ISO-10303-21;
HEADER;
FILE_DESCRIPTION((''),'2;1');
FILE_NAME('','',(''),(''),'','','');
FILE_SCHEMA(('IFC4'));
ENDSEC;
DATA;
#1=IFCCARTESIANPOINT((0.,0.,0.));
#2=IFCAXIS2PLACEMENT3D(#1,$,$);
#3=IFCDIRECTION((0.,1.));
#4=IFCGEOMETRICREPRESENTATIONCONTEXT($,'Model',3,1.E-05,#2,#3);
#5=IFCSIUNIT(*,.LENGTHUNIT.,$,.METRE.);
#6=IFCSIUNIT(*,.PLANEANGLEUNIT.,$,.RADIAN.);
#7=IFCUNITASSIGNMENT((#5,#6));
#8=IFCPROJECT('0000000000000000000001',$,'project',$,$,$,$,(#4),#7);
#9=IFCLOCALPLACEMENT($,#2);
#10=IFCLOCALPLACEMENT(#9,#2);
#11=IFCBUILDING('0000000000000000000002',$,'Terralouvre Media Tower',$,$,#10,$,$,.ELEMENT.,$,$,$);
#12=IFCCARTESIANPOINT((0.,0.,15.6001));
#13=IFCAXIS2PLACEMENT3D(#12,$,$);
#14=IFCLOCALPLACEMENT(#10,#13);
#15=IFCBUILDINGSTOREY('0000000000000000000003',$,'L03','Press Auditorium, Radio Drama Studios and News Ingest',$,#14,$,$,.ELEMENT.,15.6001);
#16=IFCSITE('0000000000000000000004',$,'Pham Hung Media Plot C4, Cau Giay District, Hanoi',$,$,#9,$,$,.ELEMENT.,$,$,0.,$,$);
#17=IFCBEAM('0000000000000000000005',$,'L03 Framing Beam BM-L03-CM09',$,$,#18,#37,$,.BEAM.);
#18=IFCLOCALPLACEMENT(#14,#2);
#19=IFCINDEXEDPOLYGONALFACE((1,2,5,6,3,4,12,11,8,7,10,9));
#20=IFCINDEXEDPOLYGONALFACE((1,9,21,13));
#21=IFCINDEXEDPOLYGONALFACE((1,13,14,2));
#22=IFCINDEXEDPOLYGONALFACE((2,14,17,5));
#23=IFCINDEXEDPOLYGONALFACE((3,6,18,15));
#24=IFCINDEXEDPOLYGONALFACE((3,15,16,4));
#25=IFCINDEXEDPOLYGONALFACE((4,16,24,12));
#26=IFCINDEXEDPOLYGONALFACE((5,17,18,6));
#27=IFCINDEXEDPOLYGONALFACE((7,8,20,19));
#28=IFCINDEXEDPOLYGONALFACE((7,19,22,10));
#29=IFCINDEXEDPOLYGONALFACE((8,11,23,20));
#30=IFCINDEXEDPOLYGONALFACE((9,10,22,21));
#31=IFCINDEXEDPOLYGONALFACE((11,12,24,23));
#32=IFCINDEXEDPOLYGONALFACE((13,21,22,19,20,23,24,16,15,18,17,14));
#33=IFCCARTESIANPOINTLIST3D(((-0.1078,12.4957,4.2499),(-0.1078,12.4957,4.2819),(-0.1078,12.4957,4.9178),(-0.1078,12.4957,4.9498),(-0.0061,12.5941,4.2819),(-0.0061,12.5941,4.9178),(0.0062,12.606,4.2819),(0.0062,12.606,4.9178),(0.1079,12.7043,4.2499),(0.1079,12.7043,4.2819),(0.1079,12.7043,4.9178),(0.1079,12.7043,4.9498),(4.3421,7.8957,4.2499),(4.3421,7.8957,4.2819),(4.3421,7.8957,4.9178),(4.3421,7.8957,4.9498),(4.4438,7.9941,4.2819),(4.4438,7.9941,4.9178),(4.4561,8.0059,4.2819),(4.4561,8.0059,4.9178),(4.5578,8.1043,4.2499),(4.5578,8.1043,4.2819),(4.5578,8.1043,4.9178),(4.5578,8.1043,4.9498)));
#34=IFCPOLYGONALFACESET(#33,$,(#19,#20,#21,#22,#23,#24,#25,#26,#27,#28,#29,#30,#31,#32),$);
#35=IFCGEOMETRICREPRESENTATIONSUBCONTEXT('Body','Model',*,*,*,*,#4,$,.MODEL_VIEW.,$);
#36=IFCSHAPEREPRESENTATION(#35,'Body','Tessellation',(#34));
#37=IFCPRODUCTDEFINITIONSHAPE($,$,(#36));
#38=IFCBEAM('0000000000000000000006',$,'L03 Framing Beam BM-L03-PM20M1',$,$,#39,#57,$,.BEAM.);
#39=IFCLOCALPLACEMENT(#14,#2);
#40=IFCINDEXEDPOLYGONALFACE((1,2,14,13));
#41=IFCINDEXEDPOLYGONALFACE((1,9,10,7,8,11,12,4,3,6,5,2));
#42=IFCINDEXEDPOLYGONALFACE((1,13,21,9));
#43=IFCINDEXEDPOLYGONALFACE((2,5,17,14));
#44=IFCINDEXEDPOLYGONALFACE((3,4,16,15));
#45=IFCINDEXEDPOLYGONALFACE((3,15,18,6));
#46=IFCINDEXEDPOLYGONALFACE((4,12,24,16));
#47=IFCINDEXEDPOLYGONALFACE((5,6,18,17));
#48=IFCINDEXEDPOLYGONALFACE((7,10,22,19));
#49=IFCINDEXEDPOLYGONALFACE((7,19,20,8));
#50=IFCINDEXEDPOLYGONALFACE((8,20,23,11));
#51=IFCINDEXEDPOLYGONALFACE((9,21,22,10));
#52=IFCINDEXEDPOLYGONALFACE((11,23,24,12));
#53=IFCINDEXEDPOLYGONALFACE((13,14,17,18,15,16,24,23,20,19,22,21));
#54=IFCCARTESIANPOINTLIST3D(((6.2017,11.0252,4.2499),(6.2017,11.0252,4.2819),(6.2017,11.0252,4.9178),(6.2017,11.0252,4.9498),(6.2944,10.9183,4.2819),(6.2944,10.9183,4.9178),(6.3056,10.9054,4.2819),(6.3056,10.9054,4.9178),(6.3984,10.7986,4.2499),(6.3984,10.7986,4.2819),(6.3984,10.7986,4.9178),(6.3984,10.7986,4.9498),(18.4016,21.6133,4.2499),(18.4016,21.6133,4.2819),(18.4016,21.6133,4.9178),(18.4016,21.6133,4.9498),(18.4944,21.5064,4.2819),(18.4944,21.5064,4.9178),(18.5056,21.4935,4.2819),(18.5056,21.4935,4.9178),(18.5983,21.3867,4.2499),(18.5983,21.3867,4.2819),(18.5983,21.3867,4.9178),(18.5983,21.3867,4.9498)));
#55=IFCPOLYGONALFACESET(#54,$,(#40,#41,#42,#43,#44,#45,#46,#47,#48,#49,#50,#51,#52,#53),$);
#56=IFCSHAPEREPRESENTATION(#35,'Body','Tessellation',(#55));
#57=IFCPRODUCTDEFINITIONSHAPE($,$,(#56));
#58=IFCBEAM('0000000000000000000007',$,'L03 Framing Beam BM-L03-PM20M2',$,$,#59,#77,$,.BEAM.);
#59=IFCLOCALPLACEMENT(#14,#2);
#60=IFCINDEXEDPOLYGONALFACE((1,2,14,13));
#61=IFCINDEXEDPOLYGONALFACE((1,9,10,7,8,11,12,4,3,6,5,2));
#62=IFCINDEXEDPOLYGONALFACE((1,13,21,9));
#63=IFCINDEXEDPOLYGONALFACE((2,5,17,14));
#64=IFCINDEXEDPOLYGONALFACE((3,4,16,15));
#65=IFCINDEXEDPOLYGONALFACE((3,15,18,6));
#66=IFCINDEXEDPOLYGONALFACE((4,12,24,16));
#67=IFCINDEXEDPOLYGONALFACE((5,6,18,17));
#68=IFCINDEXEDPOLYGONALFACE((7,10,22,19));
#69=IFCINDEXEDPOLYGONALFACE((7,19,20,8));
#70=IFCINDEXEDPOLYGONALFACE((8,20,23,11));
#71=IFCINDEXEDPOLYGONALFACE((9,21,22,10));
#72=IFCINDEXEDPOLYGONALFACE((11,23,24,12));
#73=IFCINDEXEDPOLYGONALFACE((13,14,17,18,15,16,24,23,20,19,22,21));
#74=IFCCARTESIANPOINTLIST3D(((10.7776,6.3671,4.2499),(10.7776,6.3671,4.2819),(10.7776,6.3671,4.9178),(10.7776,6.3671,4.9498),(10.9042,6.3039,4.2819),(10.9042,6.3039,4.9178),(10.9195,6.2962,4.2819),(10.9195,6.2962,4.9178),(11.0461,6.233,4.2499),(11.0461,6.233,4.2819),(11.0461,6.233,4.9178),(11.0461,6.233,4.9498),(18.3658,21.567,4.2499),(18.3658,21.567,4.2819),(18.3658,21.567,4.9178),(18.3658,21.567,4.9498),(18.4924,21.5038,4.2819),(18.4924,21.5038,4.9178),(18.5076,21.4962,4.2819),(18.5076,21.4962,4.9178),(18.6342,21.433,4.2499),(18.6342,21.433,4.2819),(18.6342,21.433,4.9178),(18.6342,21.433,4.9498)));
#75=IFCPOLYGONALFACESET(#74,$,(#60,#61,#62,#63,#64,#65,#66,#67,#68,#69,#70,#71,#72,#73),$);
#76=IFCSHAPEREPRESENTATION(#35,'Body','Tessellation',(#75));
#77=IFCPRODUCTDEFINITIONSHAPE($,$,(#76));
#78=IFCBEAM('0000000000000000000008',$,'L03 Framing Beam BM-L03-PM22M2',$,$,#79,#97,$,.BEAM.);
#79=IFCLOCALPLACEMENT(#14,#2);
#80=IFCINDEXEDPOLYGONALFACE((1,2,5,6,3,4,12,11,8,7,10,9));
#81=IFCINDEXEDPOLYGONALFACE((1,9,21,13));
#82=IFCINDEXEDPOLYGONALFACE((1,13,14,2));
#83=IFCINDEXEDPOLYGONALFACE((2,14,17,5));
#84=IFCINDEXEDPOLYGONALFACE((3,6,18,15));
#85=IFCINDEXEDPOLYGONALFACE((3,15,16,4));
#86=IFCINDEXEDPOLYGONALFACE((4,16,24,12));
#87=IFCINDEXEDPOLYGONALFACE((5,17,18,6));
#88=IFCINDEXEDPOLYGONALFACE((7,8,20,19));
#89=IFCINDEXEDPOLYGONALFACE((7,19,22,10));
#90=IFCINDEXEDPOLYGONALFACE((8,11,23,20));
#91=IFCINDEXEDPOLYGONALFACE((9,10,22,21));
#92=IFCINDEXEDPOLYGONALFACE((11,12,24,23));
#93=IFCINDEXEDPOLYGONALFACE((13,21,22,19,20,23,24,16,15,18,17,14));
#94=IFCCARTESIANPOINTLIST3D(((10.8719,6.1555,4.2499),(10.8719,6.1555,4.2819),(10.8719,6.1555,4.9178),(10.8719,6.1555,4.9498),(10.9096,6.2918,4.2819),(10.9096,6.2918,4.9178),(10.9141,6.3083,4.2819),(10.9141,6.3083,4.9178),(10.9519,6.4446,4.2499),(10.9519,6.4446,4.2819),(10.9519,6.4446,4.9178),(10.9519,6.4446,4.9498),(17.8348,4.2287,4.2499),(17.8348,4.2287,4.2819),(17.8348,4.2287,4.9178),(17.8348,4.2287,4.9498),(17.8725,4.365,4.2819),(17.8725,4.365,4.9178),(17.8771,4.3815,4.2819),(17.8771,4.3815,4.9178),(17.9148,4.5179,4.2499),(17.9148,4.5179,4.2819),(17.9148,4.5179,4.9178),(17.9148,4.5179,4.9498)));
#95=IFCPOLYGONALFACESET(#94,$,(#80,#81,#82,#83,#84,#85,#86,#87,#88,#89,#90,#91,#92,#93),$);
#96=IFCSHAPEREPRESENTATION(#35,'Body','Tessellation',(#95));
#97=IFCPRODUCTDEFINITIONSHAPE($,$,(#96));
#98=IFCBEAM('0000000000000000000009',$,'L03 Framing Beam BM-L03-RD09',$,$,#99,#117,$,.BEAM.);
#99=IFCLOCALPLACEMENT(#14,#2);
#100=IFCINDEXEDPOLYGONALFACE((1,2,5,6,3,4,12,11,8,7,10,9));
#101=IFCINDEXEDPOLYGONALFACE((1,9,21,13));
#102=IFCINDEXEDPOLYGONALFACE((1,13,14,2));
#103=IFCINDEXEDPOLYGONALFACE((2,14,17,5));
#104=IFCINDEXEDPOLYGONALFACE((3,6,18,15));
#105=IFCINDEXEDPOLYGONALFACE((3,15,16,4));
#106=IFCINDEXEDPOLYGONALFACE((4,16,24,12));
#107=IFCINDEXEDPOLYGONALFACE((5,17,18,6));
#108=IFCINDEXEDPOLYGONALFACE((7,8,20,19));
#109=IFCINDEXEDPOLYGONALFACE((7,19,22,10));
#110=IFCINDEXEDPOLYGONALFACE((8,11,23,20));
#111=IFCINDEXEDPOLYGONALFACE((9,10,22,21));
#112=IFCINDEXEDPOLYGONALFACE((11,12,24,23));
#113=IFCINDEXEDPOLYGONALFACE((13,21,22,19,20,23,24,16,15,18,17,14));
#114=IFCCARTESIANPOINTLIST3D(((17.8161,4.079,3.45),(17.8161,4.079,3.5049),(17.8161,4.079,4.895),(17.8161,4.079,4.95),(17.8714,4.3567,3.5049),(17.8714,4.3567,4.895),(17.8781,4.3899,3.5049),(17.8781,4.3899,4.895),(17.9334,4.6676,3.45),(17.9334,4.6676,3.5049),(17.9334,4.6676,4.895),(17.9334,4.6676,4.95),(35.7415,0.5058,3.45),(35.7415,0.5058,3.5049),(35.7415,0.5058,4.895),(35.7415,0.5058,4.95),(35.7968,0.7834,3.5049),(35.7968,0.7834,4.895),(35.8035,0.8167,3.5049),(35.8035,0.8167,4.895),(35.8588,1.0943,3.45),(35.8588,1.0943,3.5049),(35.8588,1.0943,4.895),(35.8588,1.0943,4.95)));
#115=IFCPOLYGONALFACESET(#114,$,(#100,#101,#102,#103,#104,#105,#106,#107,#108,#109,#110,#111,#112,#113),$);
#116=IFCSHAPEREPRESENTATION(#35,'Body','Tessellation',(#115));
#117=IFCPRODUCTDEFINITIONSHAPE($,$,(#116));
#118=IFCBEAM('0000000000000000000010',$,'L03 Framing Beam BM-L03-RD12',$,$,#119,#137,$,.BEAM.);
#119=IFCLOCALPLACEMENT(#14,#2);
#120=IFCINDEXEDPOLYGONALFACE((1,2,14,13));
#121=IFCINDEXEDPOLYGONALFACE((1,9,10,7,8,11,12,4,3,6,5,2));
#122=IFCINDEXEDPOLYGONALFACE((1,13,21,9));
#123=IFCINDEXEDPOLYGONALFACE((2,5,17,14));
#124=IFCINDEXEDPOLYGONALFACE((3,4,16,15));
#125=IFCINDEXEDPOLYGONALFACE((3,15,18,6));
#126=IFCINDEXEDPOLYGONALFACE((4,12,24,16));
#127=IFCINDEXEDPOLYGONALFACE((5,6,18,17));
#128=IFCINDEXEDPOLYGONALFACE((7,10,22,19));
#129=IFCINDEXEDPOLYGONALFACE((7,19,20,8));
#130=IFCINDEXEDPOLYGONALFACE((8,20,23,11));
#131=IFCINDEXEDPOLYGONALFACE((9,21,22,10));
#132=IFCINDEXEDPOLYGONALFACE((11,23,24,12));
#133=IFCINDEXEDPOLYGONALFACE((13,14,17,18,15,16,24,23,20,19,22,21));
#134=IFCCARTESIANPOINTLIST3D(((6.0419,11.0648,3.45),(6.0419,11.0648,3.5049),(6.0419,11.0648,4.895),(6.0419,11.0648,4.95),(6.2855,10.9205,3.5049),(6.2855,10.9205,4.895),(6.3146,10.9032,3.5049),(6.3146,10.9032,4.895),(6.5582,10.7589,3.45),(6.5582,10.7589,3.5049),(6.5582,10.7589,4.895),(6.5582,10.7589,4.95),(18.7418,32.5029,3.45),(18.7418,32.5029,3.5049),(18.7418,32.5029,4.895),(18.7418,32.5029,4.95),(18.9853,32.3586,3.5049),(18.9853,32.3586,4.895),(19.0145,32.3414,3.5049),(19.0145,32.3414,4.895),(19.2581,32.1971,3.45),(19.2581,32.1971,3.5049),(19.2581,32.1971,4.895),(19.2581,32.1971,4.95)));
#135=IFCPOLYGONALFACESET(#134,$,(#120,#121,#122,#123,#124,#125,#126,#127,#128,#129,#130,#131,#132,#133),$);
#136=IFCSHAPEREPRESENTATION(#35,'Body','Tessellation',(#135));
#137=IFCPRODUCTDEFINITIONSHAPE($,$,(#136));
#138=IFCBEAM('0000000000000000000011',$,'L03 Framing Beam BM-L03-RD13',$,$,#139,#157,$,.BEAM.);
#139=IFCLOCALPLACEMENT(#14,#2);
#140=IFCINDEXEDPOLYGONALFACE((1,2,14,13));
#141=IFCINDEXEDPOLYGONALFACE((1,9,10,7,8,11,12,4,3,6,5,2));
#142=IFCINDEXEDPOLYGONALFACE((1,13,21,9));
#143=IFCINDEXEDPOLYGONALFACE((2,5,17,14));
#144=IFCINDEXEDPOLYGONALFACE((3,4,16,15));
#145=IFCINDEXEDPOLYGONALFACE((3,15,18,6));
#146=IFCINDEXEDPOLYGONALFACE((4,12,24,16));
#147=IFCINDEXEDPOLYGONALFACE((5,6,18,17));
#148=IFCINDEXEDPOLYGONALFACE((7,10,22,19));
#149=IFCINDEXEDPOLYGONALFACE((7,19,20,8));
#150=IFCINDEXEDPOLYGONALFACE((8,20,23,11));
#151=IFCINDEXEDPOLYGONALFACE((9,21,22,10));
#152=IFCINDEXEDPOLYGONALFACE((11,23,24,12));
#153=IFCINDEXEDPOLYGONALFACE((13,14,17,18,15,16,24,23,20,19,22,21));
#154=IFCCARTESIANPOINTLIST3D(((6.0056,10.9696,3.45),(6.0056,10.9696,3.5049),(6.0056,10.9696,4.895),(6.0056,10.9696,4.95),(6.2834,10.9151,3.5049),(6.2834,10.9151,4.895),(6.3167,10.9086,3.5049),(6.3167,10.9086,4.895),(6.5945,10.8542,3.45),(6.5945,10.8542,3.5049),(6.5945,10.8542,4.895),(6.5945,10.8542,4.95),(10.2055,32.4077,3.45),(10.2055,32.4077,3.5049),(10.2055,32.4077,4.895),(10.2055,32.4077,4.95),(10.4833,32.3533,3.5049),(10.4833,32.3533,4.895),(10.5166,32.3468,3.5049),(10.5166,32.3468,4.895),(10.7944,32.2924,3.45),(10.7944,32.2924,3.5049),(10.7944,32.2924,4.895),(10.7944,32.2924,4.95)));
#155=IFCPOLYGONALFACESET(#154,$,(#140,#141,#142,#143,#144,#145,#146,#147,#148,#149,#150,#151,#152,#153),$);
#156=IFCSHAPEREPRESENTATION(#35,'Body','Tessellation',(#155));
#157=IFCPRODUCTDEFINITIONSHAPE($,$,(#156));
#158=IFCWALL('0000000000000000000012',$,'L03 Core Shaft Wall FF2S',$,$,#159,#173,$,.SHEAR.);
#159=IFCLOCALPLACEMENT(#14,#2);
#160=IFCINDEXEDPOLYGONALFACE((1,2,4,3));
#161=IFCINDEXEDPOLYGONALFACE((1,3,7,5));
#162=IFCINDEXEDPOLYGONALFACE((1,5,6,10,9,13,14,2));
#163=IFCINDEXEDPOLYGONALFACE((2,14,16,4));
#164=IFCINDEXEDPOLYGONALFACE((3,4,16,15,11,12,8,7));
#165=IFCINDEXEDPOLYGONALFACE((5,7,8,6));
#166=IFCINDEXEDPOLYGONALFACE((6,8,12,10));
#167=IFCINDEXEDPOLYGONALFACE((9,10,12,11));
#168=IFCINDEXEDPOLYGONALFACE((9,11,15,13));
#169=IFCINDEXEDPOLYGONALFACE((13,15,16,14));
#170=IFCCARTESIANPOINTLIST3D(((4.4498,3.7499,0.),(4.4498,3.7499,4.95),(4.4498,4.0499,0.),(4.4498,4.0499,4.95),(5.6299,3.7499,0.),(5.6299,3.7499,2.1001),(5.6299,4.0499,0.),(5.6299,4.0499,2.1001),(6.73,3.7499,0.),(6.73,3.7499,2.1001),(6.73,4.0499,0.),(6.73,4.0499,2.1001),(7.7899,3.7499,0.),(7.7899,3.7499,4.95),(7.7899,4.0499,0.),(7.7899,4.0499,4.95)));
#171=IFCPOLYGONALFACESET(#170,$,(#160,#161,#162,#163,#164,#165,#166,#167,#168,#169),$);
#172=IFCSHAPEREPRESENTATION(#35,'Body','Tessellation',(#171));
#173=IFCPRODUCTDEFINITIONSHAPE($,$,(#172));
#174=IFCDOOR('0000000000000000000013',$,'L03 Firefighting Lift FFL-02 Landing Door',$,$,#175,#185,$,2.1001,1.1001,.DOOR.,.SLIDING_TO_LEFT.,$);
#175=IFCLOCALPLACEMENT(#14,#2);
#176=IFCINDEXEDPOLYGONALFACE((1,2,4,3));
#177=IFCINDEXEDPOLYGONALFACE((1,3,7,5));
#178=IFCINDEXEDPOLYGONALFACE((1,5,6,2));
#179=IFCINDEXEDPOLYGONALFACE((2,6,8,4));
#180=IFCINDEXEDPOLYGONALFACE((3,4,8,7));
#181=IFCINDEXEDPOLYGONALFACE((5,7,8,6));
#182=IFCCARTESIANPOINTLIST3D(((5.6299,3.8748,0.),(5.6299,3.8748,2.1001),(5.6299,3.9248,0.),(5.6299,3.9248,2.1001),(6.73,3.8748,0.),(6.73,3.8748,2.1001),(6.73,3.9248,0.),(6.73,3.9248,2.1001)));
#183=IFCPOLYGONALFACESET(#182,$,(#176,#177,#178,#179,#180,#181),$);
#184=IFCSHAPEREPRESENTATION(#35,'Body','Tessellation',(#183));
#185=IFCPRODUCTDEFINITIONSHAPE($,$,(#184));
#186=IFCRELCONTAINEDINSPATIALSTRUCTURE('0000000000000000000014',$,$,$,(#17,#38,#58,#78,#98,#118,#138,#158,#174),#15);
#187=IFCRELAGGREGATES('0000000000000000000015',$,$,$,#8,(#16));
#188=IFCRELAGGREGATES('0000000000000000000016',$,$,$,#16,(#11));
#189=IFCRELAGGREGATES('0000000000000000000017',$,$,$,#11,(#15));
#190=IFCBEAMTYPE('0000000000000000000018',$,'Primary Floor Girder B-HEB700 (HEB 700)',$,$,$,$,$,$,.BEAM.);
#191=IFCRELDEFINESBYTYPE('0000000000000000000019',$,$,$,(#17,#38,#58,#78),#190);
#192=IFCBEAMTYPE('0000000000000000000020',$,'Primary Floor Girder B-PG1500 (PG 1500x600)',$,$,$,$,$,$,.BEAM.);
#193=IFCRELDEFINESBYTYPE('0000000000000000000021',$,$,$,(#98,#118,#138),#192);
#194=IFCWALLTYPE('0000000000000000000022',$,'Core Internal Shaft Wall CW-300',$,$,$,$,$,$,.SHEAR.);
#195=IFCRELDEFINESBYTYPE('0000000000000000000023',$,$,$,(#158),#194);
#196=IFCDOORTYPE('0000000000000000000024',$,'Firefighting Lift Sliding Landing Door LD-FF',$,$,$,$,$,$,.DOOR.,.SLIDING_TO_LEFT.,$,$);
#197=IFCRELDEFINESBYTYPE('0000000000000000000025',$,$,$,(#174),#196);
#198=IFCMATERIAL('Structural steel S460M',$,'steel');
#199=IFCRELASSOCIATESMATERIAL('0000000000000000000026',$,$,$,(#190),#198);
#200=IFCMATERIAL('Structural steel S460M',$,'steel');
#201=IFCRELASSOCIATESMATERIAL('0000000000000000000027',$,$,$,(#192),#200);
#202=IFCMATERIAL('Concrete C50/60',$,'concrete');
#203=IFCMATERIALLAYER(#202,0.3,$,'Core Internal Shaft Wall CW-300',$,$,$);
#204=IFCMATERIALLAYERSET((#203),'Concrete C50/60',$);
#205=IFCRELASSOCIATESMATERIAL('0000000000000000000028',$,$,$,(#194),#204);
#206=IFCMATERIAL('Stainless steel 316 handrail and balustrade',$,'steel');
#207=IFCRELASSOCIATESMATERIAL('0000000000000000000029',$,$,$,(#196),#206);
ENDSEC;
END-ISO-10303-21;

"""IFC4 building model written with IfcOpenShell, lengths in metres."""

from ifc_helpers import new_model, si_unit, direction, frame, frame_2d, origin, origin_2d, place, context, subcontext, project, spatial, rectangle, i_section, extrude, material, layer, layer_set, material_profile, profile_set, type_object, element, fill, save


model = new_model("IFC4")

# Units and contexts
model_context = context("Model", 3, precision=1e-05, world=origin(), true_north=direction((0.0, 1.0)))
body_context = subcontext(model_context, "Body", "Model", "MODEL_VIEW")
ifc_project = project(units=[si_unit("LENGTHUNIT", "METRE"), si_unit("PLANEANGLEUNIT", "RADIAN")], contexts=[model_context])

# Site, building, storey
site_placement = place(None, origin())
site = spatial("IfcSite", under=ifc_project, at=site_placement, Name="Pham Hung Media Plot C4, Cau Giay District, Hanoi", CompositionType="ELEMENT", RefElevation=0.0)
building_placement = place(site_placement, origin())
building = spatial("IfcBuilding", under=site, at=building_placement, Name="Terralouvre Media Tower", CompositionType="ELEMENT")
storey_placement = place(building_placement, frame((0.0, 0.0, 15.6001)))
storey = spatial("IfcBuildingStorey", under=building, at=storey_placement, Name="L03", Description="Press Auditorium, Radio Drama Studios and News Ingest", CompositionType="ELEMENT", Elevation=15.6001)

# Beams
ifc_material_1 = material(Name="Structural steel S460M", Category="steel")
ifc_material_profile_1 = material_profile(ifc_material_1, i_section(OverallWidth=0.3, OverallDepth=0.7, WebThickness=0.0171, FlangeThickness=0.032, at=origin_2d()), Name="HEB 700")
ifc_profile_set_1 = profile_set([ifc_material_profile_1], Name="Structural steel S460M")
beam_type_1 = type_object("IfcBeamType", Name="Primary Floor Girder B-HEB700 (HEB 700)", PredefinedType="BEAM", material=ifc_profile_set_1)
beam_1_placement = place(storey_placement, frame((4.45, 8.0, 4.5999), z_axis=(-0.69528, 0.718739, 0.0), x_axis=(-0.718739, -0.69528, 0.0)))
element("IfcBeam", 1, at=beam_1_placement, inside=storey, type_object=beam_type_1, Name="L03 Framing Beam BM-L03-CM09", PredefinedType="BEAM", context=body_context, shape_type="SweptSolid", body=[
    extrude(i_section(OverallWidth=0.3, OverallDepth=0.7, WebThickness=0.0171, FlangeThickness=0.032, at=origin_2d()), origin(), (0.0, 0.0, 1.0), 6.4001),
])
beam_2_placement = place(storey_placement, frame((6.3, 10.9119, 4.5999), z_axis=(0.755234, 0.655455, 0.0), x_axis=(-0.655455, 0.755234, 0.0)))
element("IfcBeam", 2, at=beam_2_placement, inside=storey, type_object=beam_type_1, Name="L03 Framing Beam BM-L03-PM20M1", PredefinedType="BEAM", context=body_context, shape_type="SweptSolid", body=[
    extrude(i_section(OverallWidth=0.3, OverallDepth=0.7, WebThickness=0.0171, FlangeThickness=0.032, at=origin_2d()), origin(), (0.0, 0.0, 1.0), 16.1538),
])
beam_3_placement = place(storey_placement, frame((10.9119, 6.3, 4.5999), z_axis=(0.446656, 0.894706, 0.0), x_axis=(-0.894706, 0.446656, 0.0)))
element("IfcBeam", 3, at=beam_3_placement, inside=storey, type_object=beam_type_1, Name="L03 Framing Beam BM-L03-PM20M2", PredefinedType="BEAM", context=body_context, shape_type="SweptSolid", body=[
    extrude(i_section(OverallWidth=0.3, OverallDepth=0.7, WebThickness=0.0171, FlangeThickness=0.032, at=origin_2d()), origin(), (0.0, 0.0, 1.0), 16.9888),
])
beam_4_placement = place(storey_placement, frame((10.9119, 6.3, 4.5999), z_axis=(0.963781, -0.266696, 0.0), x_axis=(0.266696, 0.963781, 0.0)))
element("IfcBeam", 4, at=beam_4_placement, inside=storey, type_object=beam_type_1, Name="L03 Framing Beam BM-L03-PM22M2", PredefinedType="BEAM", context=body_context, shape_type="SweptSolid", body=[
    extrude(i_section(OverallWidth=0.3, OverallDepth=0.7, WebThickness=0.0171, FlangeThickness=0.032, at=origin_2d()), origin(), (0.0, 0.0, 1.0), 7.2246),
])
ifc_material_2 = material(Name="Structural steel S460M", Category="steel")
ifc_material_profile_2 = material_profile(ifc_material_2, i_section(OverallWidth=0.6001, OverallDepth=1.5, WebThickness=0.0339, FlangeThickness=0.0549, at=origin_2d()), Name="PG 1500x600")
ifc_profile_set_2 = profile_set([ifc_material_profile_2], Name="Structural steel S460M")
beam_type_2 = type_object("IfcBeamType", Name="Primary Floor Girder B-PG1500 (PG 1500x600)", PredefinedType="BEAM", material=ifc_profile_set_2)
beam_5_placement = place(storey_placement, frame((17.8748, 4.3733, 4.2), z_axis=(0.980705, -0.195494, 0.0), x_axis=(0.195494, 0.980705, 0.0)))
element("IfcBeam", 5, at=beam_5_placement, inside=storey, type_object=beam_type_2, Name="L03 Framing Beam BM-L03-RD09", PredefinedType="BEAM", context=body_context, shape_type="SweptSolid", body=[
    extrude(i_section(OverallWidth=0.6001, OverallDepth=1.5, WebThickness=0.0339, FlangeThickness=0.0549, at=origin_2d()), origin(), (0.0, 0.0, 1.0), 18.2781),
])
beam_6_placement = place(storey_placement, frame((6.3, 10.9119, 4.2), z_axis=(0.509678, 0.860365, 0.0), x_axis=(-0.860365, 0.509678, 0.0)))
element("IfcBeam", 6, at=beam_6_placement, inside=storey, type_object=beam_type_2, Name="L03 Framing Beam BM-L03-RD12", PredefinedType="BEAM", context=body_context, shape_type="SweptSolid", body=[
    extrude(i_section(OverallWidth=0.6001, OverallDepth=1.5, WebThickness=0.0339, FlangeThickness=0.0549, at=origin_2d()), origin(), (0.0, 0.0, 1.0), 24.9175),
])
beam_7_placement = place(storey_placement, frame((6.3, 10.9119, 4.2), z_axis=(0.192255, 0.981345, 0.0), x_axis=(-0.981345, 0.192255, 0.0)))
element("IfcBeam", 7, at=beam_7_placement, inside=storey, type_object=beam_type_2, Name="L03 Framing Beam BM-L03-RD13", PredefinedType="BEAM", context=body_context, shape_type="SweptSolid", body=[
    extrude(i_section(OverallWidth=0.6001, OverallDepth=1.5, WebThickness=0.0339, FlangeThickness=0.0549, at=origin_2d()), origin(), (0.0, 0.0, 1.0), 21.8457),
])

# Wall, opening, door
ifc_material_3 = material(Name="Concrete C50/60", Category="concrete")
ifc_layer_1 = layer(ifc_material_3, 0.3, Name="Core Internal Shaft Wall CW-300")
ifc_layer_set_1 = layer_set([ifc_layer_1], Name="Concrete C50/60")
wall_type_1 = type_object("IfcWallType", Name="Core Internal Shaft Wall CW-300", PredefinedType="SHEAR", material=ifc_layer_set_1)
wall_1_placement = place(storey_placement, frame((4.45, 3.8999, 0.0), z_axis=(0.0, 0.0, 1.0), x_axis=(1.0, 0.0, 0.0)))
wall_1 = element("IfcWall", 8, at=wall_1_placement, inside=storey, type_object=wall_type_1, Name="L03 Core Shaft Wall FF2S", PredefinedType="SHEAR", context=body_context, shape_type="SweptSolid", body=[
    extrude(rectangle(XDim=3.3401, YDim=0.3, at=frame_2d((1.6699, 0.0))), origin(), (0.0, 0.0, 1.0), 4.95),
])
opening_1_placement = place(wall_1_placement, frame((1.1799, 0.0, 0.0)))
opening_1 = element("IfcOpeningElement", 9, at=opening_1_placement, cuts=wall_1, PredefinedType="OPENING", context=body_context, shape_type="SweptSolid", body=[
    extrude(rectangle(XDim=1.1001, YDim=2.1001, at=frame_2d((0.55, 1.05))), frame((0.0, 0.1599, 0.0), z_axis=(0.0, -1.0, 0.0), x_axis=(1.0, 0.0, 0.0)), (0.0, 0.0, 1.0), 0.3201),
])
ifc_material_4 = material(Name="Stainless steel 316 handrail and balustrade", Category="steel")
door_type_1 = type_object("IfcDoorType", Name="Firefighting Lift Sliding Landing Door LD-FF", OperationType="SLIDING_TO_LEFT", PredefinedType="DOOR", material=ifc_material_4)
door_1_placement = place(opening_1_placement, origin())
door_1 = element("IfcDoor", 10, at=door_1_placement, inside=storey, type_object=door_type_1, Name="L03 Firefighting Lift FFL-02 Landing Door", OperationType="SLIDING_TO_LEFT", OverallHeight=2.1001, OverallWidth=1.1001, PredefinedType="DOOR", context=body_context, shape_type="SweptSolid", body=[
    extrude(rectangle(XDim=1.1001, YDim=2.1001, at=frame_2d((0.55, 1.05))), frame((0.0, 0.0249, 0.0), z_axis=(0.0, -1.0, 0.0), x_axis=(1.0, 0.0, 0.0)), (0.0, 0.0, 1.0), 0.05),
])
fill(opening_1, door_1)

save(model, "model.ifc")
